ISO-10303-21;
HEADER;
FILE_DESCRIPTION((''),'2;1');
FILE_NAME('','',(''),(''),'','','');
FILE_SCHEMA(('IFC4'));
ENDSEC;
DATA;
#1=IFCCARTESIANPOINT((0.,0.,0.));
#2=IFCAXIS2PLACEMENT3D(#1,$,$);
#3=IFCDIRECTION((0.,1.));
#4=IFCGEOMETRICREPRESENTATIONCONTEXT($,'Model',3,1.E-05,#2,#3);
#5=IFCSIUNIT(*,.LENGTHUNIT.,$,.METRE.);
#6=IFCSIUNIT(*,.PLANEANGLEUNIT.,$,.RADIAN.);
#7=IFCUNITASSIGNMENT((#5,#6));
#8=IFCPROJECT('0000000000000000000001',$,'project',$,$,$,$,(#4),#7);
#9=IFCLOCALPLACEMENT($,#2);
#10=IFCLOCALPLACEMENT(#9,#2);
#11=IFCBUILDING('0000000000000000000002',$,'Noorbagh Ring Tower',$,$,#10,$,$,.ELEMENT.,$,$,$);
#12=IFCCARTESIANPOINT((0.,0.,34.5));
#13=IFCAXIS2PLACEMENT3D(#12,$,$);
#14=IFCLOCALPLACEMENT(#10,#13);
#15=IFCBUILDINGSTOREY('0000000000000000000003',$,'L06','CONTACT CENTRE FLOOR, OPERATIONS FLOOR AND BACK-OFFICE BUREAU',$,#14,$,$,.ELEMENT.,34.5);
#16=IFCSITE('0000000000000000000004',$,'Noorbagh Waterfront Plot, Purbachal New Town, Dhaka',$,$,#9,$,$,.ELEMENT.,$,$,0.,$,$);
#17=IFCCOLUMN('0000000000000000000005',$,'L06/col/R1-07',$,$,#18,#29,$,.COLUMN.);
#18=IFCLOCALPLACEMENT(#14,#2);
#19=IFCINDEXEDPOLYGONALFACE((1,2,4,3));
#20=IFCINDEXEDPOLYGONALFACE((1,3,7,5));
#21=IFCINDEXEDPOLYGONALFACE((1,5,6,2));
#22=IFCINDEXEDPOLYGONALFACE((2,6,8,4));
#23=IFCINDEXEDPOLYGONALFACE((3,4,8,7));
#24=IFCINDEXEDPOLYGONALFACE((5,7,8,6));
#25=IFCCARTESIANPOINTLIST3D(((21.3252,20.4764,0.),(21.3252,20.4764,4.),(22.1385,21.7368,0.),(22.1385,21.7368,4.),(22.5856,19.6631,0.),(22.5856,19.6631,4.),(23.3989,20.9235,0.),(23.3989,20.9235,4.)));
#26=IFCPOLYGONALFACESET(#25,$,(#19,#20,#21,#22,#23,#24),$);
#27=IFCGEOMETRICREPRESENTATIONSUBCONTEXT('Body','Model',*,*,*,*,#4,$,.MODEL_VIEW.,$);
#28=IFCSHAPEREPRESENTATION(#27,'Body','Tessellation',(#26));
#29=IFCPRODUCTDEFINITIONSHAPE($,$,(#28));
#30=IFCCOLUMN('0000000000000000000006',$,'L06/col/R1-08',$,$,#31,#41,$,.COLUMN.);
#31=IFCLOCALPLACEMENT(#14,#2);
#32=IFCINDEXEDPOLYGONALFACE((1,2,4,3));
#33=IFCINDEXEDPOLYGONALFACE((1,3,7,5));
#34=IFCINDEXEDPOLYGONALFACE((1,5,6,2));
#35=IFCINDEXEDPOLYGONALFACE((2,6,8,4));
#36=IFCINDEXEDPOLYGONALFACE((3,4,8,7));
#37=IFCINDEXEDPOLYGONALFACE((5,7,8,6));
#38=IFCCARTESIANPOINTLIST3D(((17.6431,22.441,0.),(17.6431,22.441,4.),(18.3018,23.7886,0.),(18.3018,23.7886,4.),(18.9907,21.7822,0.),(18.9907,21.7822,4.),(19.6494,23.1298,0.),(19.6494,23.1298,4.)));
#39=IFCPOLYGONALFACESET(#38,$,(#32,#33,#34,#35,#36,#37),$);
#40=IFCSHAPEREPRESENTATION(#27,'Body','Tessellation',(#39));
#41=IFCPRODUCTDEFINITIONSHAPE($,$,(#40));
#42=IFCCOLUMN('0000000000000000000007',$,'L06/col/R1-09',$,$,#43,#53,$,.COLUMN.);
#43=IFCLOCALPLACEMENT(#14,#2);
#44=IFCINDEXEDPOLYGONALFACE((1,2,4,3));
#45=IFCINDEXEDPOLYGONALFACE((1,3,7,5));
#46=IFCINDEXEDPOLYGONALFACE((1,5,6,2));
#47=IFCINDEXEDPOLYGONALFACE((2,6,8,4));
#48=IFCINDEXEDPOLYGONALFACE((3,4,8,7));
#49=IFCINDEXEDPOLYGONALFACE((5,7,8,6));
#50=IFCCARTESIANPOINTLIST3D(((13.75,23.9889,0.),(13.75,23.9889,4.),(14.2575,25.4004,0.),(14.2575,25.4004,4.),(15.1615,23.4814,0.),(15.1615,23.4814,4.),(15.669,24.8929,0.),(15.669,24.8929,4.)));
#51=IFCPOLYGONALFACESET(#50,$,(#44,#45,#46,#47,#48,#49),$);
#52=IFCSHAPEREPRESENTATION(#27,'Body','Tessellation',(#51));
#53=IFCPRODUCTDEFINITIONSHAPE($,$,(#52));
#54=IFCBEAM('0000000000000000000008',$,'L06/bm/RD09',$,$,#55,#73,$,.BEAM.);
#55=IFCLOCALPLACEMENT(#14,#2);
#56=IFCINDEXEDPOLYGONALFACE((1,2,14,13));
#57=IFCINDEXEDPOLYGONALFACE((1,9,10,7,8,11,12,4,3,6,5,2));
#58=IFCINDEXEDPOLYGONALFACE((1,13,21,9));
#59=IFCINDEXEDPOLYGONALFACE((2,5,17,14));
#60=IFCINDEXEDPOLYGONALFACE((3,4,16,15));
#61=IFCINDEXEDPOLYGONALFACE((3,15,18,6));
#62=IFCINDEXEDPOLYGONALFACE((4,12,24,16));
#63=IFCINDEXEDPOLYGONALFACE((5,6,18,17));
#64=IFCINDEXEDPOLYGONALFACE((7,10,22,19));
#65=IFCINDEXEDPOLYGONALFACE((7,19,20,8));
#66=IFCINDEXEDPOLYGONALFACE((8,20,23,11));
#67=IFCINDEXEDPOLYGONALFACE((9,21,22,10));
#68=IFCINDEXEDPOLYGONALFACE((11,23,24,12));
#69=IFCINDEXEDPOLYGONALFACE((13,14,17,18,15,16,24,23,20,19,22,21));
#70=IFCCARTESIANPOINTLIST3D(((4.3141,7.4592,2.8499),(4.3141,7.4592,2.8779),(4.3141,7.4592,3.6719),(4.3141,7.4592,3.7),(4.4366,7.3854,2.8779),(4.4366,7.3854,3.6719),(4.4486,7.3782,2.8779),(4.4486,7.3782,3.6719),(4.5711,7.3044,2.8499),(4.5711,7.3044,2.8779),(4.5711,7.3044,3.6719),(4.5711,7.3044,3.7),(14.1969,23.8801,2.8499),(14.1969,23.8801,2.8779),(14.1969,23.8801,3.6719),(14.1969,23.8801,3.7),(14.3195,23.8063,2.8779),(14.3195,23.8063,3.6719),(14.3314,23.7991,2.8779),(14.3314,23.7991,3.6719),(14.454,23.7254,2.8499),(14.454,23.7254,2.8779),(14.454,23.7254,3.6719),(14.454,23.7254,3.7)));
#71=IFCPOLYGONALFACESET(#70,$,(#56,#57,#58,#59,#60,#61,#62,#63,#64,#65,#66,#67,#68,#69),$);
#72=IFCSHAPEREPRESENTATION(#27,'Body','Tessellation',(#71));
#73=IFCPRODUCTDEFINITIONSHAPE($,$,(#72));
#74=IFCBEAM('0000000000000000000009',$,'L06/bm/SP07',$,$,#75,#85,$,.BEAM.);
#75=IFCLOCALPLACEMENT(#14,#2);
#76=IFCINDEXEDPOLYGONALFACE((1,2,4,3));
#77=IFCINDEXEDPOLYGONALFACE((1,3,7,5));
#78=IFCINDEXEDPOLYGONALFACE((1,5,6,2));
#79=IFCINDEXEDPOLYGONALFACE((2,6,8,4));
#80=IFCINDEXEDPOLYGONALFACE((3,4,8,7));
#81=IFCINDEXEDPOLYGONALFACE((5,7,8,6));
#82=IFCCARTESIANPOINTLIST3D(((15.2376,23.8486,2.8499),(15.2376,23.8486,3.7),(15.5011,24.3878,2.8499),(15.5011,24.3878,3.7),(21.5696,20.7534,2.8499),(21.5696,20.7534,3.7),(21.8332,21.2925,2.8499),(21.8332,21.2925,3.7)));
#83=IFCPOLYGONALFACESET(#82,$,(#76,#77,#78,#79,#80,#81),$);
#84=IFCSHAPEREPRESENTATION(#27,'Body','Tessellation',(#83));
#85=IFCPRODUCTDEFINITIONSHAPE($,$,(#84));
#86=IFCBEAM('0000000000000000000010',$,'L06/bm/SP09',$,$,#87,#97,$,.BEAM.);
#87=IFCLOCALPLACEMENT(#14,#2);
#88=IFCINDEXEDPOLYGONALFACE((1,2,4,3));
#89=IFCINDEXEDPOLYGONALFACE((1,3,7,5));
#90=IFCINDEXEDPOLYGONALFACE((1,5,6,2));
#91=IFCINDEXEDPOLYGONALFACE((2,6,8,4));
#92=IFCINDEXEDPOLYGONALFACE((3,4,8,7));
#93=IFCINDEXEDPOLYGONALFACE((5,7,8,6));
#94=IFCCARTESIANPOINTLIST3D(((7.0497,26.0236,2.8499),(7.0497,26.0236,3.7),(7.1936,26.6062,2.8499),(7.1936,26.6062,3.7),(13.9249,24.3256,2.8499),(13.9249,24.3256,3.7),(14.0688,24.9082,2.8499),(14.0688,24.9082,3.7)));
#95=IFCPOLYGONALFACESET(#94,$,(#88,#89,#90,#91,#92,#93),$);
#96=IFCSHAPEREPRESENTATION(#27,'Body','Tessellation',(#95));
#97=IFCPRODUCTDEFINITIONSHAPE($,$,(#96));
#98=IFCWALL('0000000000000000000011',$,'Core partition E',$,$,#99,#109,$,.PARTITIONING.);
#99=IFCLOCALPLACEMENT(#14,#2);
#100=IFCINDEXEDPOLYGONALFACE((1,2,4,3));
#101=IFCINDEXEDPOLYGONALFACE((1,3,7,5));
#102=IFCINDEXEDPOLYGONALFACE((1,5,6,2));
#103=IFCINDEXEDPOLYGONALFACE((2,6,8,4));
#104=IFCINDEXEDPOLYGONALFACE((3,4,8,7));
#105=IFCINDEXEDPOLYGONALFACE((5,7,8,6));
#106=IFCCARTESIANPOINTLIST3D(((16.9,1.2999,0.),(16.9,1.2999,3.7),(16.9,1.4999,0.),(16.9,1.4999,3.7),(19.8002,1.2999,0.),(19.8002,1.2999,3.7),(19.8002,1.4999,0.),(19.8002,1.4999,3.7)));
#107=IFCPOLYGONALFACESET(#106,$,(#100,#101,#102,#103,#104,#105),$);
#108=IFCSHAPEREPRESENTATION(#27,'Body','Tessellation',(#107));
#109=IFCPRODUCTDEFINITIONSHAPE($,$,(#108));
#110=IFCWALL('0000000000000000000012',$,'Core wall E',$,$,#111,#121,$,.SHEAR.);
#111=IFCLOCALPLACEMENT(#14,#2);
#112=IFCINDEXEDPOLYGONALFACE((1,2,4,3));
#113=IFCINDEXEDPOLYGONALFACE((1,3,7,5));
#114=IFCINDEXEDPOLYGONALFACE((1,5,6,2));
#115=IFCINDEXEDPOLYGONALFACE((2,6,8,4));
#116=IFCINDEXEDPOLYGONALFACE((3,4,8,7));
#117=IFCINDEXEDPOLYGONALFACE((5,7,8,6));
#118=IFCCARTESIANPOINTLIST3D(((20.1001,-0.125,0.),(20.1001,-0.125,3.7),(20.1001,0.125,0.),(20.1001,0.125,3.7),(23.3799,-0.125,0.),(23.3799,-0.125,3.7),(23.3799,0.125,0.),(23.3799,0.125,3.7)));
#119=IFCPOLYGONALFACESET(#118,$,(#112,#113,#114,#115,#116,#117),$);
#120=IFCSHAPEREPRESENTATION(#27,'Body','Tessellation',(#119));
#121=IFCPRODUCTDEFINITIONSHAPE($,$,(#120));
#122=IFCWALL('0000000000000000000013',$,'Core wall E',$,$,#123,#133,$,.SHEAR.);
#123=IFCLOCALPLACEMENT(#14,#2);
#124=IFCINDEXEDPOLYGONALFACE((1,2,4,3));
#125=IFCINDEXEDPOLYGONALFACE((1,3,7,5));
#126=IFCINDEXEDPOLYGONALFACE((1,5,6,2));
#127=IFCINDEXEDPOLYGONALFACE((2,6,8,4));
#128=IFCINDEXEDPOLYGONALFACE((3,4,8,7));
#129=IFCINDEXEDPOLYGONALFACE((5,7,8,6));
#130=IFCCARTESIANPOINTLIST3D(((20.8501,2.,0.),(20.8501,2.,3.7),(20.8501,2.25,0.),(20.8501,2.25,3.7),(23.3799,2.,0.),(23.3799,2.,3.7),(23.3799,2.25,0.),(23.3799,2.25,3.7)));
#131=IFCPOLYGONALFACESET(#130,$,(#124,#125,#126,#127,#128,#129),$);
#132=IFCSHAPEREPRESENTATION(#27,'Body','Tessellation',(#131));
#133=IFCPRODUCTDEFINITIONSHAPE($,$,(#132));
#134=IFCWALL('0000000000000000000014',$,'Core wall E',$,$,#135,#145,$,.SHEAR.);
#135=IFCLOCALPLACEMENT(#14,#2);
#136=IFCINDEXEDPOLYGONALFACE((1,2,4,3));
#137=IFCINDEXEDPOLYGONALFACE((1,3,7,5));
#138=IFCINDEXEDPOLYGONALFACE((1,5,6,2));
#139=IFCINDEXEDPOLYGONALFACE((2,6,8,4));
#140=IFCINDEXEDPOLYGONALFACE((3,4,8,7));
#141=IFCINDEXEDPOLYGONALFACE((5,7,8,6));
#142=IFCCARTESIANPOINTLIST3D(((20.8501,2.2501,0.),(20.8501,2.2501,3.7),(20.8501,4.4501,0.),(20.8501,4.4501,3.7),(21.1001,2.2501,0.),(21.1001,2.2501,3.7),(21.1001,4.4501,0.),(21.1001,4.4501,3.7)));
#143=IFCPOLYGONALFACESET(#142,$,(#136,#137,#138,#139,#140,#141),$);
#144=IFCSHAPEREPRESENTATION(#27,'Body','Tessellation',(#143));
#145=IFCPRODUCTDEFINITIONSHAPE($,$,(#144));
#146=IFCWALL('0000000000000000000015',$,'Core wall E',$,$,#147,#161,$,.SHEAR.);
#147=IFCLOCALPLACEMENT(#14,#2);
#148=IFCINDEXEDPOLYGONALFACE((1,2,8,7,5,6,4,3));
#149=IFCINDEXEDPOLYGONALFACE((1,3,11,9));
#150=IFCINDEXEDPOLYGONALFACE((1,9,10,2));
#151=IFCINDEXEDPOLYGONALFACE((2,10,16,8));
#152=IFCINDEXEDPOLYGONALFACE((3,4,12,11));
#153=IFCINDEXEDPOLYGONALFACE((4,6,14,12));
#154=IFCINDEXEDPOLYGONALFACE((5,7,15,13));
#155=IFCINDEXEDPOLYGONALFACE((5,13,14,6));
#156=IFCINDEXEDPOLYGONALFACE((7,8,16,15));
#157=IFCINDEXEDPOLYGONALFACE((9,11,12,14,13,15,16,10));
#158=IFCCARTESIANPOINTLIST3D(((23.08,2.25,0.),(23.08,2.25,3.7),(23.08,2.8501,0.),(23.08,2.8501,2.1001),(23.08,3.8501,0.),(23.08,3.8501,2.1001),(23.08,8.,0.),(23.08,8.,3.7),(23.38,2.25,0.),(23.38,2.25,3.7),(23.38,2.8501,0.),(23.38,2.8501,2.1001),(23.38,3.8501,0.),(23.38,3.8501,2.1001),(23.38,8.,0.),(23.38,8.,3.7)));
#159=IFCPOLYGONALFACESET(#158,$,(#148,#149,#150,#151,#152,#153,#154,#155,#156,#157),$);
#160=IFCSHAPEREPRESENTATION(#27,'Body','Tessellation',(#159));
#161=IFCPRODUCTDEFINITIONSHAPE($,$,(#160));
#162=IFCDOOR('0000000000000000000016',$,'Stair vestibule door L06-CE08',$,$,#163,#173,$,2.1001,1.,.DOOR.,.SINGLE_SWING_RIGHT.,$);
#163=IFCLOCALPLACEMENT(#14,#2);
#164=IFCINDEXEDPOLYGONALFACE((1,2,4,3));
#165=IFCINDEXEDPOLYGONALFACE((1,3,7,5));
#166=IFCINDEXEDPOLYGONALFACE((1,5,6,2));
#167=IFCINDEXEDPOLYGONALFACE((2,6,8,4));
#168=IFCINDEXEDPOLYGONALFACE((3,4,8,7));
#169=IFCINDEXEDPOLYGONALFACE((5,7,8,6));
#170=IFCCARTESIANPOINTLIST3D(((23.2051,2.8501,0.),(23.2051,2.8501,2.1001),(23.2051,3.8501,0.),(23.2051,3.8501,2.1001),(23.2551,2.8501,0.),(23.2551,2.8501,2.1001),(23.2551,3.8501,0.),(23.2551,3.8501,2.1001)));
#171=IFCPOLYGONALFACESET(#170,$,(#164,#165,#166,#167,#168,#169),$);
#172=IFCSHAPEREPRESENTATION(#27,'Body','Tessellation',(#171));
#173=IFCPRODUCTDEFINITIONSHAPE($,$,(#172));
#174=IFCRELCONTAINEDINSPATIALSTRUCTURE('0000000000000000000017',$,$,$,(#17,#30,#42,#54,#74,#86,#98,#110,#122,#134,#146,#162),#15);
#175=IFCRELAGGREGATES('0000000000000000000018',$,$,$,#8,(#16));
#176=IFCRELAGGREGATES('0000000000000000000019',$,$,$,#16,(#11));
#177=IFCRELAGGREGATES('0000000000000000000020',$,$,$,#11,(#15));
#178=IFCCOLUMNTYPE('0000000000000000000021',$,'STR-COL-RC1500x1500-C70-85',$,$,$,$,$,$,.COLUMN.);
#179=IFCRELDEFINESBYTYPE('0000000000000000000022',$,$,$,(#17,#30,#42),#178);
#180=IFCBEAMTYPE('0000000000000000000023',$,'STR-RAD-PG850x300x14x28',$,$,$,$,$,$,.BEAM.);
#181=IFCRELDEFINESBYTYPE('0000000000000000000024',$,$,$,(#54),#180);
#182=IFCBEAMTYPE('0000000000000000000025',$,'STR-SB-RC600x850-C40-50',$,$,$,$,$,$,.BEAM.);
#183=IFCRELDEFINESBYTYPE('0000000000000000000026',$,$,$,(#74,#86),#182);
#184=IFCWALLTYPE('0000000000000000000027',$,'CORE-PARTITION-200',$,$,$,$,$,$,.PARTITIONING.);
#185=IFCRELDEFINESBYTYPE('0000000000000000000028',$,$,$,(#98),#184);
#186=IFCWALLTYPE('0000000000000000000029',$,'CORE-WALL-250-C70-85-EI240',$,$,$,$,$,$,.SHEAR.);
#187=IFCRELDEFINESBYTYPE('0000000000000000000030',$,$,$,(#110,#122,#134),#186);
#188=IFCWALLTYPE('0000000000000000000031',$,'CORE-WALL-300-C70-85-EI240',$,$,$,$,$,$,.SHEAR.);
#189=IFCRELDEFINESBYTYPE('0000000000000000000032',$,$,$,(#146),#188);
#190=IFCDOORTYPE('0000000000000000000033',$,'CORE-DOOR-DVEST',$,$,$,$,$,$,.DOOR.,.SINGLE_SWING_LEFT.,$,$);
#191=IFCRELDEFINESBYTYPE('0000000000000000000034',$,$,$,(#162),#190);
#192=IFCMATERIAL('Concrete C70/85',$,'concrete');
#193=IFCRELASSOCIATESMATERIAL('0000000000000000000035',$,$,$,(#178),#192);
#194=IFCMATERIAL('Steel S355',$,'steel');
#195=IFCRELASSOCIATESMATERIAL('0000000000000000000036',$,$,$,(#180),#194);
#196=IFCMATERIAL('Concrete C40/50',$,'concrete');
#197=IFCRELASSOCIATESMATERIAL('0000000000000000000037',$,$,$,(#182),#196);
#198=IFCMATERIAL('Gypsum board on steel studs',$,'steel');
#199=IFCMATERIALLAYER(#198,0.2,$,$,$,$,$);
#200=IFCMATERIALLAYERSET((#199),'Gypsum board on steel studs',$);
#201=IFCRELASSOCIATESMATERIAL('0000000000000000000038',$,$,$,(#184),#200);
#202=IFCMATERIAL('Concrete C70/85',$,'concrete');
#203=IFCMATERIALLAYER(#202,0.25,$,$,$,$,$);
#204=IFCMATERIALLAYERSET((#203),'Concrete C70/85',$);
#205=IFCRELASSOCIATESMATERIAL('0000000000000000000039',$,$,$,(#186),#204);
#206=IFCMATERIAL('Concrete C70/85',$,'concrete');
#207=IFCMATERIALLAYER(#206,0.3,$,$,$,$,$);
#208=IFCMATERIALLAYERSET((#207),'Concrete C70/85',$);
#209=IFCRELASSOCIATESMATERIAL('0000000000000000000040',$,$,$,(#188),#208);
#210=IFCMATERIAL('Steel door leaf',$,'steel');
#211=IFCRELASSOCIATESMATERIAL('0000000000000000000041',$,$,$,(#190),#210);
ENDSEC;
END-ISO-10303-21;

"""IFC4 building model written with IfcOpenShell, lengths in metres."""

from ifc_helpers import new_model, si_unit, direction, frame, frame_2d, origin, origin_2d, place, context, subcontext, project, spatial, rectangle, i_section, extrude, material, layer, layer_set, material_profile, profile_set, type_object, element, fill, save


model = new_model("IFC4")

# Units and contexts
model_context = context("Model", 3, precision=1e-05, world=origin(), true_north=direction((0.0, 1.0)))
body_context = subcontext(model_context, "Body", "Model", "MODEL_VIEW")
ifc_project = project(units=[si_unit("LENGTHUNIT", "METRE"), si_unit("PLANEANGLEUNIT", "RADIAN")], contexts=[model_context])

# Site, building, storey
site_placement = place(None, origin())
site = spatial("IfcSite", under=ifc_project, at=site_placement, Name="Noorbagh Waterfront Plot, Purbachal New Town, Dhaka", CompositionType="ELEMENT", RefElevation=0.0)
building_placement = place(site_placement, origin())
building = spatial("IfcBuilding", under=site, at=building_placement, Name="Noorbagh Ring Tower", CompositionType="ELEMENT")
storey_placement = place(building_placement, frame((0.0, 0.0, 34.5)))
storey = spatial("IfcBuildingStorey", under=building, at=storey_placement, Name="L06", Description="CONTACT CENTRE FLOOR, OPERATIONS FLOOR AND BACK-OFFICE BUREAU", CompositionType="ELEMENT", Elevation=34.5)

# Columns
ifc_material_1 = material(Name="Concrete C70/85", Category="concrete")
ifc_material_profile_1 = material_profile(ifc_material_1, rectangle(XDim=1.5, YDim=1.5, at=origin_2d()), Name="RC1500x1500")
ifc_profile_set_1 = profile_set([ifc_material_profile_1], Name="Concrete C70/85")
column_type = type_object("IfcColumnType", Name="STR-COL-RC1500x1500-C70-85", PredefinedType="COLUMN", material=ifc_profile_set_1)
for number, where, z_axis, x_axis, name in (
    (1, (22.3621, 20.7, 0.0), (0.0, 0.0, 1.0), (-0.840248, 0.542203, 0.0), "L06/col/R1-07"),
    (2, (18.6462, 22.7854, 0.0), (0.0, 0.0, 1.0), (-0.898399, 0.43918, 0.0), "L06/col/R1-08"),
    (3, (14.7095, 24.4409, 0.0), (0.0, 0.0, 1.0), (-0.941025, 0.338338, 0.0), "L06/col/R1-09"),
):
    element("IfcColumn", number, at=place(storey_placement, frame(where, z_axis=z_axis, x_axis=x_axis)), inside=storey, type_object=column_type, Name=name, PredefinedType="COLUMN", context=body_context, shape_type="SweptSolid", body=[
        extrude(rectangle(XDim=1.5, YDim=1.5, at=origin_2d()), origin(), (0.0, 0.0, 1.0), 4.0),
    ])

# Beams
ifc_material_2 = material(Name="Steel S355", Category="steel")
ifc_material_profile_2 = material_profile(ifc_material_2, i_section(OverallWidth=0.3, OverallDepth=0.8501, WebThickness=0.0139, FlangeThickness=0.0281, at=origin_2d()), Name="PG850x300x14x28")
ifc_profile_set_2 = profile_set([ifc_material_profile_2], Name="Steel S355")
beam_type_1 = type_object("IfcBeamType", Name="STR-RAD-PG850x300x14x28", PredefinedType="BEAM", material=ifc_profile_set_2)
beam_1_placement = place(storey_placement, frame((14.3254, 23.8027, 3.2749), z_axis=(-0.515657, -0.856795, 0.0), x_axis=(0.856795, -0.515657, 0.0)))
element("IfcBeam", 4, at=beam_1_placement, inside=storey, type_object=beam_type_1, Name="L06/bm/RD09", PredefinedType="BEAM", context=body_context, shape_type="SweptSolid", body=[
    extrude(i_section(OverallWidth=0.3, OverallDepth=0.8501, WebThickness=0.0139, FlangeThickness=0.0281, at=origin_2d()), origin(), (0.0, 0.0, 1.0), 19.1655),
])
ifc_material_3 = material(Name="Concrete C40/50", Category="concrete")
ifc_material_profile_3 = material_profile(ifc_material_3, rectangle(XDim=0.6001, YDim=0.8501, at=origin_2d()), Name="RC600x850")
ifc_profile_set_3 = profile_set([ifc_material_profile_3], Name="Concrete C40/50")
beam_type_2 = type_object("IfcBeamType", Name="STR-SB-RC600x850-C40-50", PredefinedType="BEAM", material=ifc_profile_set_3)
beam_2_placement = place(storey_placement, frame((21.7014, 21.0229, 3.2749), z_axis=(-0.898409, 0.439159, 0.0), x_axis=(-0.439159, -0.898409, 0.0)))
element("IfcBeam", 5, at=beam_2_placement, inside=storey, type_object=beam_type_2, Name="L06/bm/SP07", PredefinedType="BEAM", context=body_context, shape_type="SweptSolid", body=[
    extrude(rectangle(XDim=0.6001, YDim=0.8501, at=origin_2d()), origin(), (0.0, 0.0, 1.0), 7.0481),
])
beam_3_placement = place(storey_placement, frame((13.9968, 24.6169, 3.2749), z_axis=(-0.97083, 0.239769, 0.0), x_axis=(-0.239769, -0.97083, 0.0)))
element("IfcBeam", 6, at=beam_3_placement, inside=storey, type_object=beam_type_2, Name="L06/bm/SP09", PredefinedType="BEAM", context=body_context, shape_type="SweptSolid", body=[
    extrude(rectangle(XDim=0.6001, YDim=0.8501, at=origin_2d()), origin(), (0.0, 0.0, 1.0), 7.0818),
])

# Walls
ifc_material_4 = material(Name="Gypsum board on steel studs", Category="steel")
ifc_layer_1 = layer(ifc_material_4, 0.2)
ifc_layer_set_1 = layer_set([ifc_layer_1], Name="Gypsum board on steel studs")
wall_type_1 = type_object("IfcWallType", Name="CORE-PARTITION-200", PredefinedType="PARTITIONING", material=ifc_layer_set_1)
wall_1_placement = place(storey_placement, frame((16.8999, 1.3999, 0.0), z_axis=(0.0, 0.0, 1.0), x_axis=(1.0, 0.0, 0.0)))
element("IfcWall", 7, at=wall_1_placement, inside=storey, type_object=wall_type_1, Name="Core partition E", PredefinedType="PARTITIONING", context=body_context, shape_type="SweptSolid", body=[
    extrude(rectangle(XDim=2.9001, YDim=0.2, at=frame_2d((1.4502, 0.0))), origin(), (0.0, 0.0, 1.0), 3.7),
])
ifc_material_5 = material(Name="Concrete C70/85", Category="concrete")
ifc_layer_2 = layer(ifc_material_5, 0.25)
ifc_layer_set_2 = layer_set([ifc_layer_2], Name="Concrete C70/85")
wall_type_2 = type_object("IfcWallType", Name="CORE-WALL-250-C70-85-EI240", PredefinedType="SHEAR", material=ifc_layer_set_2)
wall_2_placement = place(storey_placement, frame((20.1001, 0.0, 0.0), z_axis=(0.0, 0.0, 1.0), x_axis=(1.0, 0.0, 0.0)))
element("IfcWall", 8, at=wall_2_placement, inside=storey, type_object=wall_type_2, Name="Core wall E", PredefinedType="SHEAR", context=body_context, shape_type="SweptSolid", body=[
    extrude(rectangle(XDim=3.2798, YDim=0.25, at=frame_2d((1.6399, 0.0))), origin(), (0.0, 0.0, 1.0), 3.7),
])
wall_3_placement = place(storey_placement, frame((20.8501, 2.125, 0.0), z_axis=(0.0, 0.0, 1.0), x_axis=(1.0, 0.0, 0.0)))
element("IfcWall", 9, at=wall_3_placement, inside=storey, type_object=wall_type_2, Name="Core wall E", PredefinedType="SHEAR", context=body_context, shape_type="SweptSolid", body=[
    extrude(rectangle(XDim=2.5298, YDim=0.25, at=frame_2d((1.2649, 0.0))), origin(), (0.0, 0.0, 1.0), 3.7),
])
wall_4_placement = place(storey_placement, frame((20.9751, 2.25, 0.0), z_axis=(0.0, 0.0, 1.0), x_axis=(0.0, 1.0, 0.0)))
element("IfcWall", 10, at=wall_4_placement, inside=storey, type_object=wall_type_2, Name="Core wall E", PredefinedType="SHEAR", context=body_context, shape_type="SweptSolid", body=[
    extrude(rectangle(XDim=2.2, YDim=0.25, at=frame_2d((1.1001, 0.0))), origin(), (0.0, 0.0, 1.0), 3.7),
])

# Wall, opening, door
ifc_material_6 = material(Name="Concrete C70/85", Category="concrete")
ifc_layer_3 = layer(ifc_material_6, 0.3)
ifc_layer_set_3 = layer_set([ifc_layer_3], Name="Concrete C70/85")
wall_type_3 = type_object("IfcWallType", Name="CORE-WALL-300-C70-85-EI240", PredefinedType="SHEAR", material=ifc_layer_set_3)
wall_5_placement = place(storey_placement, frame((23.23, 2.25, 0.0), z_axis=(0.0, 0.0, 1.0), x_axis=(0.0, 1.0, 0.0)))
wall_5 = element("IfcWall", 11, at=wall_5_placement, inside=storey, type_object=wall_type_3, Name="Core wall E", PredefinedType="SHEAR", context=body_context, shape_type="SweptSolid", body=[
    extrude(rectangle(XDim=5.75, YDim=0.3, at=frame_2d((2.875, 0.0))), origin(), (0.0, 0.0, 1.0), 3.7),
])
opening_1_placement = place(wall_5_placement, frame((0.6001, 0.0, 0.0)))
opening_1 = element("IfcOpeningElement", 12, at=opening_1_placement, cuts=wall_5, PredefinedType="OPENING", context=body_context, shape_type="SweptSolid", body=[
    extrude(rectangle(XDim=1.0, YDim=2.1001, at=frame_2d((0.5, 1.05))), frame((0.0, 0.1602, 0.0), z_axis=(0.0, -1.0, 0.0), x_axis=(1.0, 0.0, 0.0)), (0.0, 0.0, 1.0), 0.3201),
])
ifc_material_7 = material(Name="Steel door leaf", Category="steel")
door_type_1 = type_object("IfcDoorType", Name="CORE-DOOR-DVEST", OperationType="SINGLE_SWING_LEFT", PredefinedType="DOOR", material=ifc_material_7)
door_1_placement = place(opening_1_placement, origin())
door_1 = element("IfcDoor", 13, at=door_1_placement, inside=storey, type_object=door_type_1, Name="Stair vestibule door L06-CE08", OperationType="SINGLE_SWING_RIGHT", OverallHeight=2.1001, OverallWidth=1.0, PredefinedType="DOOR", context=body_context, shape_type="SweptSolid", body=[
    extrude(rectangle(XDim=1.0, YDim=2.1001, at=frame_2d((0.5, 1.05))), frame((0.0, 0.0249, 0.0), z_axis=(0.0, -1.0, 0.0), x_axis=(1.0, 0.0, 0.0)), (0.0, 0.0, 1.0), 0.05),
])
fill(opening_1, door_1)

save(model, "model.ifc")
